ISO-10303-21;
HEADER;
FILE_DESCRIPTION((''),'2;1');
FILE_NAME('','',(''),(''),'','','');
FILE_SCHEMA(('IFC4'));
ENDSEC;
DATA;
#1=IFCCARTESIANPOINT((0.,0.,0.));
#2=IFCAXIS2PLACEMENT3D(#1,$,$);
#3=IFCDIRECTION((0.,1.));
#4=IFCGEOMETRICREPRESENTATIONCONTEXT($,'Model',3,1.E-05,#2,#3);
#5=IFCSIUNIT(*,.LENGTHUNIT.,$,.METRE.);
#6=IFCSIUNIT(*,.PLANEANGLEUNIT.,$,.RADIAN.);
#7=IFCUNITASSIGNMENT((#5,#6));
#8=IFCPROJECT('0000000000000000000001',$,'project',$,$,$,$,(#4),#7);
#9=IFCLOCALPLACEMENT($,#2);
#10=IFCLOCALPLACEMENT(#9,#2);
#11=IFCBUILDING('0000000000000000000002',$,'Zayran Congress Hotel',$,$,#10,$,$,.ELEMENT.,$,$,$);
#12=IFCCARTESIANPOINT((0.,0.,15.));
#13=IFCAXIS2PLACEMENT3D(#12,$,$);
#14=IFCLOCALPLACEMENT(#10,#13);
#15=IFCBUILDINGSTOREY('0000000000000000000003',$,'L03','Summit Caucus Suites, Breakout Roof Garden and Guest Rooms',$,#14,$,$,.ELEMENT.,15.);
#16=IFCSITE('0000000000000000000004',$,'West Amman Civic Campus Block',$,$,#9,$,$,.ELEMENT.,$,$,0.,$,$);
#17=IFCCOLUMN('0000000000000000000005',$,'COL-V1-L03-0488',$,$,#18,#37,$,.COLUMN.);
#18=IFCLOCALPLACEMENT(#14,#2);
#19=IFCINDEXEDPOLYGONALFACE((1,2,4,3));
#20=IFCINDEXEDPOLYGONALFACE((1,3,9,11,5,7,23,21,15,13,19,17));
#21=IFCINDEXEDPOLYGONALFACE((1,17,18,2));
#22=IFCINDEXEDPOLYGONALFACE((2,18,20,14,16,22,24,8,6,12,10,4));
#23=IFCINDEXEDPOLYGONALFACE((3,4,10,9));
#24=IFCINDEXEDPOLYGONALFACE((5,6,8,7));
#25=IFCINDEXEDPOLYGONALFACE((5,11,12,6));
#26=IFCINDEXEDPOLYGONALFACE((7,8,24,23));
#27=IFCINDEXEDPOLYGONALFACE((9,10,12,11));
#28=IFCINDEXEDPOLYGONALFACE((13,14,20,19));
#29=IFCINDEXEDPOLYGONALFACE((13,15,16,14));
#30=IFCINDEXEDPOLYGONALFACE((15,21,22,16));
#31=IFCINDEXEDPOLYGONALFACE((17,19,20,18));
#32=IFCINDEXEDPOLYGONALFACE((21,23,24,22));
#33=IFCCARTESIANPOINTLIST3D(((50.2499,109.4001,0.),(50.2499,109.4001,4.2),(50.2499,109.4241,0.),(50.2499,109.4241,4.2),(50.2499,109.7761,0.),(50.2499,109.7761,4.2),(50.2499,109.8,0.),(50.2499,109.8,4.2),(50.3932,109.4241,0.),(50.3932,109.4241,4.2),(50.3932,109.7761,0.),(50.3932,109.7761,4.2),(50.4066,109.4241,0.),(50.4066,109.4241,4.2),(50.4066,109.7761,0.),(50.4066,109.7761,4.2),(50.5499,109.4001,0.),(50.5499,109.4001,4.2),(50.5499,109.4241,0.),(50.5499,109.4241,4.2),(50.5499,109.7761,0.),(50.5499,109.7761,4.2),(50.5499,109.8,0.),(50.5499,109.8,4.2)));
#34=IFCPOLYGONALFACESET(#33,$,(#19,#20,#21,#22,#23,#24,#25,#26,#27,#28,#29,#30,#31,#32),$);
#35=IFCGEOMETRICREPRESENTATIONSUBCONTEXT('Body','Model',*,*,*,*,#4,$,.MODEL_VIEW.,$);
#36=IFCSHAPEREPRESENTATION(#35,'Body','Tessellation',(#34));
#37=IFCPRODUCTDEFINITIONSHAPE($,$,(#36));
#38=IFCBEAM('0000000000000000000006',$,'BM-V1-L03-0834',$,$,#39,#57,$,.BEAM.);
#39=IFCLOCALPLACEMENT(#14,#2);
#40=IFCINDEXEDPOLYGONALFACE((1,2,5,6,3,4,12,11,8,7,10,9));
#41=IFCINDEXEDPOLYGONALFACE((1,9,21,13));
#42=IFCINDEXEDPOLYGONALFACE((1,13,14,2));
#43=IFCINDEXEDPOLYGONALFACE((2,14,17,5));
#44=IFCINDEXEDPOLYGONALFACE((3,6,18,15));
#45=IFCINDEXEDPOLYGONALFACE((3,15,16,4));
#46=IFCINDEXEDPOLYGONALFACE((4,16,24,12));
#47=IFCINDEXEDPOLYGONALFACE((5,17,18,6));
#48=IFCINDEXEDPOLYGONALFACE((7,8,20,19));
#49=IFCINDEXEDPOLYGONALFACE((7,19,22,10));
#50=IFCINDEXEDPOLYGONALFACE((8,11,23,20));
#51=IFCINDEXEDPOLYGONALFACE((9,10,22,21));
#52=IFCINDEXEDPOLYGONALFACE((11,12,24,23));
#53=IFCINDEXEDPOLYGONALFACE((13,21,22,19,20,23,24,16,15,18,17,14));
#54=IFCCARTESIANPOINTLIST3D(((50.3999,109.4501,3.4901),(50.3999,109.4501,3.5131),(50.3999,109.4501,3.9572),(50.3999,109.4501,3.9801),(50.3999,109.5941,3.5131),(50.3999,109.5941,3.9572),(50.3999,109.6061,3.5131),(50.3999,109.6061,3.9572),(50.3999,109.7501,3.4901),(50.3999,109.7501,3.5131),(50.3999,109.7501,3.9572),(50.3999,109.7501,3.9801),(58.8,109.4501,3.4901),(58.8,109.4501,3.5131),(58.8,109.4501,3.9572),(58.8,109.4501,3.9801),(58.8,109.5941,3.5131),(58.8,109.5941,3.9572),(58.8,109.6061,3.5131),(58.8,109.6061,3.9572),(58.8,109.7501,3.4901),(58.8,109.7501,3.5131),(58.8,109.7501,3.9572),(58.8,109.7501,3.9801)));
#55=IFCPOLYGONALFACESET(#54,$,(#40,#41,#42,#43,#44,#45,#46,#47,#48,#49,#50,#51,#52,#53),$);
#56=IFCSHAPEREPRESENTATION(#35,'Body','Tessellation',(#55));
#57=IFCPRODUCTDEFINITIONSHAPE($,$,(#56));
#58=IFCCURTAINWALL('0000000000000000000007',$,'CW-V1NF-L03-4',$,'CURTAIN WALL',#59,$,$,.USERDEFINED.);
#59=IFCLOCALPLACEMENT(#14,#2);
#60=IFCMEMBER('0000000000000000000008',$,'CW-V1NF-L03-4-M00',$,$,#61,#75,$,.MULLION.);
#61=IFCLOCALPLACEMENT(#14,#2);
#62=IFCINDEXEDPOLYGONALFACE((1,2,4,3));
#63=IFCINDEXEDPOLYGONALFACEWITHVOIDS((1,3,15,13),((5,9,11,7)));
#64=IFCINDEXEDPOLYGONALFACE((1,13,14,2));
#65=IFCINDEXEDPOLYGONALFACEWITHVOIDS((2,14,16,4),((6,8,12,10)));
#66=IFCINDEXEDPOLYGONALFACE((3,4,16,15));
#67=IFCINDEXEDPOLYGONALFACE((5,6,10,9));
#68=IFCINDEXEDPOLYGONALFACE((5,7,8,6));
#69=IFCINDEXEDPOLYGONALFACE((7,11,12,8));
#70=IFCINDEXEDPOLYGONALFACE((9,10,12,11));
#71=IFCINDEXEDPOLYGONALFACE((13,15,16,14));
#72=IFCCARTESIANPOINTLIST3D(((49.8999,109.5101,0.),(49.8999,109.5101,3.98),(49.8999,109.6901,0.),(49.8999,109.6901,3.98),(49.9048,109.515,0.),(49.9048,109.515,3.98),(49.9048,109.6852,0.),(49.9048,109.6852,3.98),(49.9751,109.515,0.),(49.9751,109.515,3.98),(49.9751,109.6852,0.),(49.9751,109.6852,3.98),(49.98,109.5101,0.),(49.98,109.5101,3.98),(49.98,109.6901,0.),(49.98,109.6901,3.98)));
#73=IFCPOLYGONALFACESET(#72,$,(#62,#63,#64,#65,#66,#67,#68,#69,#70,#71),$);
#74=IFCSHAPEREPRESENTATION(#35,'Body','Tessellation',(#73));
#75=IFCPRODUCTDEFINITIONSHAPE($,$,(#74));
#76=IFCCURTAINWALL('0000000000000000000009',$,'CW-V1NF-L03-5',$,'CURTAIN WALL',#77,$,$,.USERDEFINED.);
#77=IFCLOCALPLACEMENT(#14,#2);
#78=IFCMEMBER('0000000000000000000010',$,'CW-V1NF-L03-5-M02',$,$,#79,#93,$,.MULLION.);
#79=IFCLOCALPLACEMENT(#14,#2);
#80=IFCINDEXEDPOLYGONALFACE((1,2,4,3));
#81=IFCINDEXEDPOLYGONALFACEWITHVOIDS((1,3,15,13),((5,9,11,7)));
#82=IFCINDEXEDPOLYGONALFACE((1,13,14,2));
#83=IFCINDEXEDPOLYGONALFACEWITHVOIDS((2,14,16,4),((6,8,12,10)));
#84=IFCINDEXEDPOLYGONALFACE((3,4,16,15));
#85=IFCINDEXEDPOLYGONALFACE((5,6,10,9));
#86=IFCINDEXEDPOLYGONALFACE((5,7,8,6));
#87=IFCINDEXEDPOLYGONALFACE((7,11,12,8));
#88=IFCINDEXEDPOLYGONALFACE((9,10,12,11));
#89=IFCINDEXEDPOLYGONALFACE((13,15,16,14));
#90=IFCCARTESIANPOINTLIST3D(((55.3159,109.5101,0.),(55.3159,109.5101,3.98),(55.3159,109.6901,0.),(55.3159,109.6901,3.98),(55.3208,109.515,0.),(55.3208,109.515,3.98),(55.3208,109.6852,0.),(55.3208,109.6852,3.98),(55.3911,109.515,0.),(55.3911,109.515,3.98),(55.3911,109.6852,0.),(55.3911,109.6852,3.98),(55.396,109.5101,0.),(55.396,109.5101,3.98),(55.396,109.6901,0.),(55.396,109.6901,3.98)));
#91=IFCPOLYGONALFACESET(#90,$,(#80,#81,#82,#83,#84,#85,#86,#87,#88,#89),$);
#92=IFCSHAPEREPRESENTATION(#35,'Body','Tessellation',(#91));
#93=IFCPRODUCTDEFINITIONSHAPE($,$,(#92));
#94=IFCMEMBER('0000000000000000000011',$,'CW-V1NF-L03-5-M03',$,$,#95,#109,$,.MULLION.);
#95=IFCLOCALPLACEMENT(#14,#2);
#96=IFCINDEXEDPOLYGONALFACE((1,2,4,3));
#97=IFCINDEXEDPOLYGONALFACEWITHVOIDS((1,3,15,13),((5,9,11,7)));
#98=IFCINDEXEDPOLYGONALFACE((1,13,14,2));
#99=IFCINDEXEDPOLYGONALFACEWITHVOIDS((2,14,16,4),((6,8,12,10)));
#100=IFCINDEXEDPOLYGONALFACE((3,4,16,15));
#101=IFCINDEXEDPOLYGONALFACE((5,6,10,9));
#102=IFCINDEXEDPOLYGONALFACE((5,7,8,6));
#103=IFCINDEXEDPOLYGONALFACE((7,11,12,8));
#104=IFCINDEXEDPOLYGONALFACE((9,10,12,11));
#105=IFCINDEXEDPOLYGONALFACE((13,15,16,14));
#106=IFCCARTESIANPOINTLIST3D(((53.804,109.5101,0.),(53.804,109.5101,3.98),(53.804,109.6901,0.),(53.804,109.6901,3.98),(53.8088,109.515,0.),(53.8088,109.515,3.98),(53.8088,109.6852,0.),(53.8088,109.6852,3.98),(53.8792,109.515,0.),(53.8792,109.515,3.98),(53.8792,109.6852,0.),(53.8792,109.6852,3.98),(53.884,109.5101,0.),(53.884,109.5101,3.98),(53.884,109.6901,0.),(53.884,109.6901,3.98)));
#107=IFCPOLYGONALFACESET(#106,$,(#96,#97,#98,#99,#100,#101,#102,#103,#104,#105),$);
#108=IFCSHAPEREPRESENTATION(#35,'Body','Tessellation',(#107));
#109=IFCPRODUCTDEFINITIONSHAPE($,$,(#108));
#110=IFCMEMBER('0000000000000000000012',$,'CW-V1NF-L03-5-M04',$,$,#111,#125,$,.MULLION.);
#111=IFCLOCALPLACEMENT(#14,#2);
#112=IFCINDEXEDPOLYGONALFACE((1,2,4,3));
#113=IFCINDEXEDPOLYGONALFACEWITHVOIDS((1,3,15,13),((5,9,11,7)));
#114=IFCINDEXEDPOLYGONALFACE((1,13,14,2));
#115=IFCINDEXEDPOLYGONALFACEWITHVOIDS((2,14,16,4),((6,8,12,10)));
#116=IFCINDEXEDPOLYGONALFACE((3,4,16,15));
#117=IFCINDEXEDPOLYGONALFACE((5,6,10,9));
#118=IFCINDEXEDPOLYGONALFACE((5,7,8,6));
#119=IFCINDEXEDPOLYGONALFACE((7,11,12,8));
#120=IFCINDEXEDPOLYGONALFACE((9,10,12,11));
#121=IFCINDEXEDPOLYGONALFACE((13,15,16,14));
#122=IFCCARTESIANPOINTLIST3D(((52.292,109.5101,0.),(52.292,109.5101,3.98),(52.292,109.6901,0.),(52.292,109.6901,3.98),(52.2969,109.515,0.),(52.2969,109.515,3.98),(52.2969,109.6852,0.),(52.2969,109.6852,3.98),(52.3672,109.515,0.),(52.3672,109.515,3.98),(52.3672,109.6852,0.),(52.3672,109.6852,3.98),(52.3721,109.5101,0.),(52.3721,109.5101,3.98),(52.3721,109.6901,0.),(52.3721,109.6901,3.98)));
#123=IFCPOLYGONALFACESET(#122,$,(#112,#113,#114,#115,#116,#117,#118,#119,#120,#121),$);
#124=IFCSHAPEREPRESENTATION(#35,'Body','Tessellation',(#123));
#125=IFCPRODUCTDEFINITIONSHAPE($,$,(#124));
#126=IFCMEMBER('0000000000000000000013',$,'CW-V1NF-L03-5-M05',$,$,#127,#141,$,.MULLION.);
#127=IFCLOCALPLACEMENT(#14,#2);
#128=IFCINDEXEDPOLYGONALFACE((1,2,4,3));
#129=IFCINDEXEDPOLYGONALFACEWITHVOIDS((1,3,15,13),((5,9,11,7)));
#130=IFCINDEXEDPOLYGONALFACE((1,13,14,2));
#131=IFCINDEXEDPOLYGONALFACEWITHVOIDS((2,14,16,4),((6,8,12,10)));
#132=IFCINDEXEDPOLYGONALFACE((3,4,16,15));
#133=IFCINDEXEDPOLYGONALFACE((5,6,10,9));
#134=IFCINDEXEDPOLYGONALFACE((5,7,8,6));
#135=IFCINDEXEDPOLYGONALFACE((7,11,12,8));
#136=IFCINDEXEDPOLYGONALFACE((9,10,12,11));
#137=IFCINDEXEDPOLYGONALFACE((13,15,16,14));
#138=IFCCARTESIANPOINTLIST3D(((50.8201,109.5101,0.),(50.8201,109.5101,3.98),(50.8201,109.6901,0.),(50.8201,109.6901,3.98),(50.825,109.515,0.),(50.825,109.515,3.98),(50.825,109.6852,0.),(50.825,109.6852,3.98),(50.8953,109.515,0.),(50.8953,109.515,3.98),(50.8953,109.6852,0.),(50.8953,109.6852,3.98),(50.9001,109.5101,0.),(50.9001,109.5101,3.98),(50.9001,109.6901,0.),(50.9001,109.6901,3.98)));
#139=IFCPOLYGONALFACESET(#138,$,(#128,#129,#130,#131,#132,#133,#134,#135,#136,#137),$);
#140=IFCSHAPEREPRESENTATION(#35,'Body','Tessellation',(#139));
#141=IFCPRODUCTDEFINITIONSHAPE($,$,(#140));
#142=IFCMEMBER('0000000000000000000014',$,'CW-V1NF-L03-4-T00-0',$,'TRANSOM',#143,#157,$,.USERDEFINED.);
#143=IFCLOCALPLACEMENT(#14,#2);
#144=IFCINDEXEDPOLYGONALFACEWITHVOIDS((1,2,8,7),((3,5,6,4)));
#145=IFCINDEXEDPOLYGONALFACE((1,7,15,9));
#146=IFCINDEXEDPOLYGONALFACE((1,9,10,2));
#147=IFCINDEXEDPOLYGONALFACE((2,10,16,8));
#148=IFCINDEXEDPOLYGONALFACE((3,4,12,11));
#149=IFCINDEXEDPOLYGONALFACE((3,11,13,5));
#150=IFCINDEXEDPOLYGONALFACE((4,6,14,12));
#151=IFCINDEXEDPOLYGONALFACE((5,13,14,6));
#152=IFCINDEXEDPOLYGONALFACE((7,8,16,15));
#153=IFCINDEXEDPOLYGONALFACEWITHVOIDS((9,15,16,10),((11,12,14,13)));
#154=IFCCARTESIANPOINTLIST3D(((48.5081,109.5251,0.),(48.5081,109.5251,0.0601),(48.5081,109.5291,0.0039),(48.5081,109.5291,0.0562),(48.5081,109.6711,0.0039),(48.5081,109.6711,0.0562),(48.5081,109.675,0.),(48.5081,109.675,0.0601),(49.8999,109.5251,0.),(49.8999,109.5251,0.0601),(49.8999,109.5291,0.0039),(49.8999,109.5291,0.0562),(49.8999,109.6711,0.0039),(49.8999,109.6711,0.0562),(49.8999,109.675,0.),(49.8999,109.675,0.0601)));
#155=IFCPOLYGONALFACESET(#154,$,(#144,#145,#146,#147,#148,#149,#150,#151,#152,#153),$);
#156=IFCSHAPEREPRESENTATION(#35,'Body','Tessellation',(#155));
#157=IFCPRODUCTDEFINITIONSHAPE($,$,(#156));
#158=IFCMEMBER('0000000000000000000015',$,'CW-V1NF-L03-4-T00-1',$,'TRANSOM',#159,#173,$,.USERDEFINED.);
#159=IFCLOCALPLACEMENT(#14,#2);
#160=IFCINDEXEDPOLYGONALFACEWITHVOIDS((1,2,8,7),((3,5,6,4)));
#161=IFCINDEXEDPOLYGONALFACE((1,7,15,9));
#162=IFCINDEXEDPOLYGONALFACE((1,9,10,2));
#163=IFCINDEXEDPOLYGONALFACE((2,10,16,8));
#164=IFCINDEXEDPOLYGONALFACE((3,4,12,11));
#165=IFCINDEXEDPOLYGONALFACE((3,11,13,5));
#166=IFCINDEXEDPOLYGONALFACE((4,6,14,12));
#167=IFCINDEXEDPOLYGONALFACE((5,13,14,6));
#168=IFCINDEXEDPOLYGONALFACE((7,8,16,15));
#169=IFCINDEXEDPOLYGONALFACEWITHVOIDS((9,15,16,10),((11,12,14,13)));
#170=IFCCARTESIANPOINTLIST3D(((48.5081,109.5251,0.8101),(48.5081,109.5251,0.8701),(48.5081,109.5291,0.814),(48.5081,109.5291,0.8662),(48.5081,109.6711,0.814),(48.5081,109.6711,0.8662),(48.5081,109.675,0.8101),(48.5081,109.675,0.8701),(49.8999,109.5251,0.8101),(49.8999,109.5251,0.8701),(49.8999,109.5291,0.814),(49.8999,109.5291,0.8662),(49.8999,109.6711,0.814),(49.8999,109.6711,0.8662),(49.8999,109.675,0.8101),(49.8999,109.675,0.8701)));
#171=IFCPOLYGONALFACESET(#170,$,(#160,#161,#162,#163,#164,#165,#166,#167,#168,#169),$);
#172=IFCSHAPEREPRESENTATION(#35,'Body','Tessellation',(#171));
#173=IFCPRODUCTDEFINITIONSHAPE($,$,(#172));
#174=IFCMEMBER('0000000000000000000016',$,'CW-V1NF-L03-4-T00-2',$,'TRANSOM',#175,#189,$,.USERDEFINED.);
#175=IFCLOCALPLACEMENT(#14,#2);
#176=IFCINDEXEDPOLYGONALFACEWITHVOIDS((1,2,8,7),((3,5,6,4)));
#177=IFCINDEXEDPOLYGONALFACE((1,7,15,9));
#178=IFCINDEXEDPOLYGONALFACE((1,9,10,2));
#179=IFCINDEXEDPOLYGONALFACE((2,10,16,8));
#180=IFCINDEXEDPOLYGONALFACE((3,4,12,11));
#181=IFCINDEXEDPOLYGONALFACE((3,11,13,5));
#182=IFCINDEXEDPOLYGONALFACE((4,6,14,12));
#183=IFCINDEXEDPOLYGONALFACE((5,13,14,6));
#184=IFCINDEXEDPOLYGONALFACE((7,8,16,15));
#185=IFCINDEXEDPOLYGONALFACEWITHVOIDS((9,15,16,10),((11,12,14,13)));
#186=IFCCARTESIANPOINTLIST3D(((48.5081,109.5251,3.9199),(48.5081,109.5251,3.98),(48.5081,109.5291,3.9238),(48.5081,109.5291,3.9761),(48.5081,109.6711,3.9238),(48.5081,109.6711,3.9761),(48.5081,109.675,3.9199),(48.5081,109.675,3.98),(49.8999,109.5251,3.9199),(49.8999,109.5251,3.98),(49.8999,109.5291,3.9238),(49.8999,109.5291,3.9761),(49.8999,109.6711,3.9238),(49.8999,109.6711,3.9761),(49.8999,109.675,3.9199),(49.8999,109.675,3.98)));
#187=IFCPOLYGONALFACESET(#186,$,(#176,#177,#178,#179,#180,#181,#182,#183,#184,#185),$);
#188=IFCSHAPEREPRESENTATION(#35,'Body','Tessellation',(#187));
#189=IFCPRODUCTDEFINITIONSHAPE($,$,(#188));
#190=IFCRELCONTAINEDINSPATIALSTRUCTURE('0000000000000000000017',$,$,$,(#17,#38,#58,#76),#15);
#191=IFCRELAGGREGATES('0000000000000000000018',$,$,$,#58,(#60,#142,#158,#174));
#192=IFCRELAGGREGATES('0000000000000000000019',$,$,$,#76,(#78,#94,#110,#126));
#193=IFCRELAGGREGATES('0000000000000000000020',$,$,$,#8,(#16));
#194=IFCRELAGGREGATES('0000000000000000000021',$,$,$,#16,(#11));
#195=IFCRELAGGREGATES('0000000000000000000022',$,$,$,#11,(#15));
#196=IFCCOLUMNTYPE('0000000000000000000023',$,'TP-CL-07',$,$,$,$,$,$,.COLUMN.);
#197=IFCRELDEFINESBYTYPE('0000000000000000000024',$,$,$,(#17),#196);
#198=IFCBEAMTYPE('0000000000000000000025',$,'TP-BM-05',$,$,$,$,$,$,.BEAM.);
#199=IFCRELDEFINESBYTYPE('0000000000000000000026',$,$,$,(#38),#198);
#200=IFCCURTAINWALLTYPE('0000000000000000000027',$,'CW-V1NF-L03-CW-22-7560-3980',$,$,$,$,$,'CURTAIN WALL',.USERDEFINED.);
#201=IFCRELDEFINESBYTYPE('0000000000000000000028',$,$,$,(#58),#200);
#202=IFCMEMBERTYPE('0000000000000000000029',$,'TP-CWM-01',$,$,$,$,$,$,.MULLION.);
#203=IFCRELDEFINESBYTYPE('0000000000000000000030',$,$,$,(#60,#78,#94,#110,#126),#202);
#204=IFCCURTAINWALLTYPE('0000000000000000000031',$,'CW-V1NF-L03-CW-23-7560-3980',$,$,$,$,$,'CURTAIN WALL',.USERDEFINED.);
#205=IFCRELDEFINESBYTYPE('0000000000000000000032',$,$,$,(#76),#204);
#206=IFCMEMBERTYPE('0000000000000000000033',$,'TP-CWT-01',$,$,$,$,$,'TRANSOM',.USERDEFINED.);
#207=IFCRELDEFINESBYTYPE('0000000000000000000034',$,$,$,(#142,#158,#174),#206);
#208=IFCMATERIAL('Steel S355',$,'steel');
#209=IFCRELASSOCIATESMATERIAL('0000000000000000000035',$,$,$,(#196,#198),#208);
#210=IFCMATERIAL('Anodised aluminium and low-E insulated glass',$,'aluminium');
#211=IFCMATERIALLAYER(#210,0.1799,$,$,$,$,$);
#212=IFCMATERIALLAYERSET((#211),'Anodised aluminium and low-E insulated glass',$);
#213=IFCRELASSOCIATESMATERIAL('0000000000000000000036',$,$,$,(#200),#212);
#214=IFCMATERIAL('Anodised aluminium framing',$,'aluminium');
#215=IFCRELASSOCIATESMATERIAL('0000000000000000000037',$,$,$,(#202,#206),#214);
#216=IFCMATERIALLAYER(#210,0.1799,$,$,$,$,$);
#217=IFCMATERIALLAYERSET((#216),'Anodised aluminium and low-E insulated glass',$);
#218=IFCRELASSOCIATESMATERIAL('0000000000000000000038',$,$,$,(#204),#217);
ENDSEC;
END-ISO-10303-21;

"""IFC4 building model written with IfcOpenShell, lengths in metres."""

from ifc_helpers import new_model, si_unit, direction, frame, origin, origin_2d, place, context, subcontext, project, spatial, hollow_rectangle, i_section, extrude, material, layer, layer_set, material_profile, profile_set, type_object, element, aggregate, save


model = new_model("IFC4")

# Units and contexts
model_context = context("Model", 3, precision=1e-05, world=origin(), true_north=direction((0.0, 1.0)))
body_context = subcontext(model_context, "Body", "Model", "MODEL_VIEW")
ifc_project = project(units=[si_unit("LENGTHUNIT", "METRE"), si_unit("PLANEANGLEUNIT", "RADIAN")], contexts=[model_context])

# Site, building, storey
site_placement = place(None, origin())
site = spatial("IfcSite", under=ifc_project, at=site_placement, Name="West Amman Civic Campus Block", CompositionType="ELEMENT", RefElevation=0.0)
building_placement = place(site_placement, origin())
building = spatial("IfcBuilding", under=site, at=building_placement, Name="Zayran Congress Hotel", CompositionType="ELEMENT")
storey_placement = place(building_placement, frame((0.0, 0.0, 15.0)))
storey = spatial("IfcBuildingStorey", under=building, at=storey_placement, Name="L03", Description="Summit Caucus Suites, Breakout Roof Garden and Guest Rooms", CompositionType="ELEMENT", Elevation=15.0)

# Column
ifc_material_1 = material(Name="Steel S355", Category="steel")
ifc_material_profile_1 = material_profile(ifc_material_1, i_section(OverallWidth=0.3, OverallDepth=0.3999, WebThickness=0.0134, FlangeThickness=0.0239, at=origin_2d()), Name="HEB 400")
ifc_profile_set_1 = profile_set([ifc_material_profile_1], Name="Steel S355")
column_type = type_object("IfcColumnType", Name="TP-CL-07", PredefinedType="COLUMN", material=ifc_profile_set_1)
column_placement = place(storey_placement, frame((50.3999, 109.6001, 0.0), z_axis=(0.0, 0.0, 1.0), x_axis=(1.0, 0.0, 0.0)))
element("IfcColumn", 1, at=column_placement, inside=storey, type_object=column_type, Name="COL-V1-L03-0488", PredefinedType="COLUMN", context=body_context, shape_type="SweptSolid", body=[
    extrude(i_section(OverallWidth=0.3, OverallDepth=0.3999, WebThickness=0.0134, FlangeThickness=0.0239, at=origin_2d()), origin(), (0.0, 0.0, 1.0), 4.2),
])

# Beam
ifc_material_profile_2 = material_profile(ifc_material_1, i_section(OverallWidth=0.3, OverallDepth=0.49, WebThickness=0.012, FlangeThickness=0.0229, at=origin_2d()), Name="HEA 500")
ifc_profile_set_2 = profile_set([ifc_material_profile_2], Name="Steel S355")
beam_type = type_object("IfcBeamType", Name="TP-BM-05", PredefinedType="BEAM", material=ifc_profile_set_2)
beam_placement = place(storey_placement, frame((50.3999, 109.6001, 3.7351), z_axis=(1.0, 0.0, 0.0), x_axis=(0.0, 1.0, 0.0)))
element("IfcBeam", 2, at=beam_placement, inside=storey, type_object=beam_type, Name="BM-V1-L03-0834", PredefinedType="BEAM", context=body_context, shape_type="SweptSolid", body=[
    extrude(i_section(OverallWidth=0.3, OverallDepth=0.49, WebThickness=0.012, FlangeThickness=0.0229, at=origin_2d()), origin(), (0.0, 0.0, 1.0), 8.4001),
])

# Curtain wall, member
ifc_material_2 = material(Name="Anodised aluminium and low-E insulated glass", Category="aluminium")
ifc_layer_1 = layer(ifc_material_2, 0.1799)
ifc_layer_set_1 = layer_set([ifc_layer_1], Name="Anodised aluminium and low-E insulated glass")
curtain_wall_type_1 = type_object("IfcCurtainWallType", Name="CW-V1NF-L03-CW-22-7560-3980", ElementType="CURTAIN WALL", PredefinedType="USERDEFINED", material=ifc_layer_set_1)
curtain_wall_1_placement = place(storey_placement, origin())
curtain_wall_1 = element("IfcCurtainWall", 3, at=curtain_wall_1_placement, inside=storey, type_object=curtain_wall_type_1, Name="CW-V1NF-L03-4", ObjectType="CURTAIN WALL", PredefinedType="USERDEFINED")
ifc_material_3 = material(Name="Anodised aluminium framing", Category="aluminium")
ifc_material_profile_3 = material_profile(ifc_material_3, hollow_rectangle(XDim=0.0801, YDim=0.1799, WallThickness=0.0049, at=origin_2d()), Name="RHS 180x80x5")
ifc_profile_set_3 = profile_set([ifc_material_profile_3], Name="Anodised aluminium framing")
member_type_1 = type_object("IfcMemberType", Name="TP-CWM-01", PredefinedType="MULLION", material=ifc_profile_set_3)
member_1_placement = place(storey_placement, frame((49.9399, 109.6001, 0.0), z_axis=(0.0, 0.0, 1.0), x_axis=(1.0, 0.0, 0.0)))
member_1 = element("IfcMember", 4, at=member_1_placement, type_object=member_type_1, Name="CW-V1NF-L03-4-M00", PredefinedType="MULLION", context=body_context, shape_type="SweptSolid", body=[
    extrude(hollow_rectangle(XDim=0.0801, YDim=0.1799, WallThickness=0.0049, at=origin_2d()), origin(), (0.0, 0.0, 1.0), 3.98),
])

# Curtain wall, members
ifc_layer_2 = layer(ifc_material_2, 0.1799)
ifc_layer_set_2 = layer_set([ifc_layer_2], Name="Anodised aluminium and low-E insulated glass")
curtain_wall_type_2 = type_object("IfcCurtainWallType", Name="CW-V1NF-L03-CW-23-7560-3980", ElementType="CURTAIN WALL", PredefinedType="USERDEFINED", material=ifc_layer_set_2)
curtain_wall_2_placement = place(storey_placement, origin())
curtain_wall_2 = element("IfcCurtainWall", 5, at=curtain_wall_2_placement, inside=storey, type_object=curtain_wall_type_2, Name="CW-V1NF-L03-5", ObjectType="CURTAIN WALL", PredefinedType="USERDEFINED")
member_2_placement = place(storey_placement, frame((55.356, 109.6001, 0.0), z_axis=(0.0, 0.0, 1.0), x_axis=(1.0, 0.0, 0.0)))
member_2 = element("IfcMember", 6, at=member_2_placement, type_object=member_type_1, Name="CW-V1NF-L03-5-M02", PredefinedType="MULLION", context=body_context, shape_type="SweptSolid", body=[
    extrude(hollow_rectangle(XDim=0.0801, YDim=0.1799, WallThickness=0.0049, at=origin_2d()), origin(), (0.0, 0.0, 1.0), 3.98),
])
member_3_placement = place(storey_placement, frame((53.844, 109.6001, 0.0), z_axis=(0.0, 0.0, 1.0), x_axis=(1.0, 0.0, 0.0)))
member_3 = element("IfcMember", 7, at=member_3_placement, type_object=member_type_1, Name="CW-V1NF-L03-5-M03", PredefinedType="MULLION", context=body_context, shape_type="SweptSolid", body=[
    extrude(hollow_rectangle(XDim=0.0801, YDim=0.1799, WallThickness=0.0049, at=origin_2d()), origin(), (0.0, 0.0, 1.0), 3.98),
])
member_4_placement = place(storey_placement, frame((52.332, 109.6001, 0.0), z_axis=(0.0, 0.0, 1.0), x_axis=(1.0, 0.0, 0.0)))
member_4 = element("IfcMember", 8, at=member_4_placement, type_object=member_type_1, Name="CW-V1NF-L03-5-M04", PredefinedType="MULLION", context=body_context, shape_type="SweptSolid", body=[
    extrude(hollow_rectangle(XDim=0.0801, YDim=0.1799, WallThickness=0.0049, at=origin_2d()), origin(), (0.0, 0.0, 1.0), 3.98),
])
member_5_placement = place(storey_placement, frame((50.8601, 109.6001, 0.0), z_axis=(0.0, 0.0, 1.0), x_axis=(1.0, 0.0, 0.0)))
member_5 = element("IfcMember", 9, at=member_5_placement, type_object=member_type_1, Name="CW-V1NF-L03-5-M05", PredefinedType="MULLION", context=body_context, shape_type="SweptSolid", body=[
    extrude(hollow_rectangle(XDim=0.0801, YDim=0.1799, WallThickness=0.0049, at=origin_2d()), origin(), (0.0, 0.0, 1.0), 3.98),
])

# Members
ifc_material_profile_4 = material_profile(ifc_material_3, hollow_rectangle(XDim=0.0601, YDim=0.1499, WallThickness=0.0039, at=origin_2d()), Name="RHS 150x60x4")
ifc_profile_set_4 = profile_set([ifc_material_profile_4], Name="Anodised aluminium framing")
member_type_2 = type_object("IfcMemberType", Name="TP-CWT-01", ElementType="TRANSOM", PredefinedType="USERDEFINED", material=ifc_profile_set_4)
member_6_placement = place(storey_placement, frame((49.8999, 109.6001, 0.03), z_axis=(-1.0, 0.0, 0.0), x_axis=(0.0, 0.0, 1.0)))
member_6 = element("IfcMember", 10, at=member_6_placement, type_object=member_type_2, Name="CW-V1NF-L03-4-T00-0", ObjectType="TRANSOM", PredefinedType="USERDEFINED", context=body_context, shape_type="SweptSolid", body=[
    extrude(hollow_rectangle(XDim=0.0601, YDim=0.1499, WallThickness=0.0039, at=origin_2d()), origin(), (0.0, 0.0, 1.0), 1.3918),
])
member_7_placement = place(storey_placement, frame((49.8999, 109.6001, 0.8401), z_axis=(-1.0, 0.0, 0.0), x_axis=(0.0, 0.0, 1.0)))
member_7 = element("IfcMember", 11, at=member_7_placement, type_object=member_type_2, Name="CW-V1NF-L03-4-T00-1", ObjectType="TRANSOM", PredefinedType="USERDEFINED", context=body_context, shape_type="SweptSolid", body=[
    extrude(hollow_rectangle(XDim=0.0601, YDim=0.1499, WallThickness=0.0039, at=origin_2d()), origin(), (0.0, 0.0, 1.0), 1.3918),
])
member_8_placement = place(storey_placement, frame((49.8999, 109.6001, 3.95), z_axis=(-1.0, 0.0, 0.0), x_axis=(0.0, 0.0, 1.0)))
member_8 = element("IfcMember", 12, at=member_8_placement, type_object=member_type_2, Name="CW-V1NF-L03-4-T00-2", ObjectType="TRANSOM", PredefinedType="USERDEFINED", context=body_context, shape_type="SweptSolid", body=[
    extrude(hollow_rectangle(XDim=0.0601, YDim=0.1499, WallThickness=0.0039, at=origin_2d()), origin(), (0.0, 0.0, 1.0), 1.3918),
])
aggregate(curtain_wall_1, [member_1, member_6, member_7, member_8])

aggregate(curtain_wall_2, [member_2, member_3, member_4, member_5])

save(model, "model.ifc")
